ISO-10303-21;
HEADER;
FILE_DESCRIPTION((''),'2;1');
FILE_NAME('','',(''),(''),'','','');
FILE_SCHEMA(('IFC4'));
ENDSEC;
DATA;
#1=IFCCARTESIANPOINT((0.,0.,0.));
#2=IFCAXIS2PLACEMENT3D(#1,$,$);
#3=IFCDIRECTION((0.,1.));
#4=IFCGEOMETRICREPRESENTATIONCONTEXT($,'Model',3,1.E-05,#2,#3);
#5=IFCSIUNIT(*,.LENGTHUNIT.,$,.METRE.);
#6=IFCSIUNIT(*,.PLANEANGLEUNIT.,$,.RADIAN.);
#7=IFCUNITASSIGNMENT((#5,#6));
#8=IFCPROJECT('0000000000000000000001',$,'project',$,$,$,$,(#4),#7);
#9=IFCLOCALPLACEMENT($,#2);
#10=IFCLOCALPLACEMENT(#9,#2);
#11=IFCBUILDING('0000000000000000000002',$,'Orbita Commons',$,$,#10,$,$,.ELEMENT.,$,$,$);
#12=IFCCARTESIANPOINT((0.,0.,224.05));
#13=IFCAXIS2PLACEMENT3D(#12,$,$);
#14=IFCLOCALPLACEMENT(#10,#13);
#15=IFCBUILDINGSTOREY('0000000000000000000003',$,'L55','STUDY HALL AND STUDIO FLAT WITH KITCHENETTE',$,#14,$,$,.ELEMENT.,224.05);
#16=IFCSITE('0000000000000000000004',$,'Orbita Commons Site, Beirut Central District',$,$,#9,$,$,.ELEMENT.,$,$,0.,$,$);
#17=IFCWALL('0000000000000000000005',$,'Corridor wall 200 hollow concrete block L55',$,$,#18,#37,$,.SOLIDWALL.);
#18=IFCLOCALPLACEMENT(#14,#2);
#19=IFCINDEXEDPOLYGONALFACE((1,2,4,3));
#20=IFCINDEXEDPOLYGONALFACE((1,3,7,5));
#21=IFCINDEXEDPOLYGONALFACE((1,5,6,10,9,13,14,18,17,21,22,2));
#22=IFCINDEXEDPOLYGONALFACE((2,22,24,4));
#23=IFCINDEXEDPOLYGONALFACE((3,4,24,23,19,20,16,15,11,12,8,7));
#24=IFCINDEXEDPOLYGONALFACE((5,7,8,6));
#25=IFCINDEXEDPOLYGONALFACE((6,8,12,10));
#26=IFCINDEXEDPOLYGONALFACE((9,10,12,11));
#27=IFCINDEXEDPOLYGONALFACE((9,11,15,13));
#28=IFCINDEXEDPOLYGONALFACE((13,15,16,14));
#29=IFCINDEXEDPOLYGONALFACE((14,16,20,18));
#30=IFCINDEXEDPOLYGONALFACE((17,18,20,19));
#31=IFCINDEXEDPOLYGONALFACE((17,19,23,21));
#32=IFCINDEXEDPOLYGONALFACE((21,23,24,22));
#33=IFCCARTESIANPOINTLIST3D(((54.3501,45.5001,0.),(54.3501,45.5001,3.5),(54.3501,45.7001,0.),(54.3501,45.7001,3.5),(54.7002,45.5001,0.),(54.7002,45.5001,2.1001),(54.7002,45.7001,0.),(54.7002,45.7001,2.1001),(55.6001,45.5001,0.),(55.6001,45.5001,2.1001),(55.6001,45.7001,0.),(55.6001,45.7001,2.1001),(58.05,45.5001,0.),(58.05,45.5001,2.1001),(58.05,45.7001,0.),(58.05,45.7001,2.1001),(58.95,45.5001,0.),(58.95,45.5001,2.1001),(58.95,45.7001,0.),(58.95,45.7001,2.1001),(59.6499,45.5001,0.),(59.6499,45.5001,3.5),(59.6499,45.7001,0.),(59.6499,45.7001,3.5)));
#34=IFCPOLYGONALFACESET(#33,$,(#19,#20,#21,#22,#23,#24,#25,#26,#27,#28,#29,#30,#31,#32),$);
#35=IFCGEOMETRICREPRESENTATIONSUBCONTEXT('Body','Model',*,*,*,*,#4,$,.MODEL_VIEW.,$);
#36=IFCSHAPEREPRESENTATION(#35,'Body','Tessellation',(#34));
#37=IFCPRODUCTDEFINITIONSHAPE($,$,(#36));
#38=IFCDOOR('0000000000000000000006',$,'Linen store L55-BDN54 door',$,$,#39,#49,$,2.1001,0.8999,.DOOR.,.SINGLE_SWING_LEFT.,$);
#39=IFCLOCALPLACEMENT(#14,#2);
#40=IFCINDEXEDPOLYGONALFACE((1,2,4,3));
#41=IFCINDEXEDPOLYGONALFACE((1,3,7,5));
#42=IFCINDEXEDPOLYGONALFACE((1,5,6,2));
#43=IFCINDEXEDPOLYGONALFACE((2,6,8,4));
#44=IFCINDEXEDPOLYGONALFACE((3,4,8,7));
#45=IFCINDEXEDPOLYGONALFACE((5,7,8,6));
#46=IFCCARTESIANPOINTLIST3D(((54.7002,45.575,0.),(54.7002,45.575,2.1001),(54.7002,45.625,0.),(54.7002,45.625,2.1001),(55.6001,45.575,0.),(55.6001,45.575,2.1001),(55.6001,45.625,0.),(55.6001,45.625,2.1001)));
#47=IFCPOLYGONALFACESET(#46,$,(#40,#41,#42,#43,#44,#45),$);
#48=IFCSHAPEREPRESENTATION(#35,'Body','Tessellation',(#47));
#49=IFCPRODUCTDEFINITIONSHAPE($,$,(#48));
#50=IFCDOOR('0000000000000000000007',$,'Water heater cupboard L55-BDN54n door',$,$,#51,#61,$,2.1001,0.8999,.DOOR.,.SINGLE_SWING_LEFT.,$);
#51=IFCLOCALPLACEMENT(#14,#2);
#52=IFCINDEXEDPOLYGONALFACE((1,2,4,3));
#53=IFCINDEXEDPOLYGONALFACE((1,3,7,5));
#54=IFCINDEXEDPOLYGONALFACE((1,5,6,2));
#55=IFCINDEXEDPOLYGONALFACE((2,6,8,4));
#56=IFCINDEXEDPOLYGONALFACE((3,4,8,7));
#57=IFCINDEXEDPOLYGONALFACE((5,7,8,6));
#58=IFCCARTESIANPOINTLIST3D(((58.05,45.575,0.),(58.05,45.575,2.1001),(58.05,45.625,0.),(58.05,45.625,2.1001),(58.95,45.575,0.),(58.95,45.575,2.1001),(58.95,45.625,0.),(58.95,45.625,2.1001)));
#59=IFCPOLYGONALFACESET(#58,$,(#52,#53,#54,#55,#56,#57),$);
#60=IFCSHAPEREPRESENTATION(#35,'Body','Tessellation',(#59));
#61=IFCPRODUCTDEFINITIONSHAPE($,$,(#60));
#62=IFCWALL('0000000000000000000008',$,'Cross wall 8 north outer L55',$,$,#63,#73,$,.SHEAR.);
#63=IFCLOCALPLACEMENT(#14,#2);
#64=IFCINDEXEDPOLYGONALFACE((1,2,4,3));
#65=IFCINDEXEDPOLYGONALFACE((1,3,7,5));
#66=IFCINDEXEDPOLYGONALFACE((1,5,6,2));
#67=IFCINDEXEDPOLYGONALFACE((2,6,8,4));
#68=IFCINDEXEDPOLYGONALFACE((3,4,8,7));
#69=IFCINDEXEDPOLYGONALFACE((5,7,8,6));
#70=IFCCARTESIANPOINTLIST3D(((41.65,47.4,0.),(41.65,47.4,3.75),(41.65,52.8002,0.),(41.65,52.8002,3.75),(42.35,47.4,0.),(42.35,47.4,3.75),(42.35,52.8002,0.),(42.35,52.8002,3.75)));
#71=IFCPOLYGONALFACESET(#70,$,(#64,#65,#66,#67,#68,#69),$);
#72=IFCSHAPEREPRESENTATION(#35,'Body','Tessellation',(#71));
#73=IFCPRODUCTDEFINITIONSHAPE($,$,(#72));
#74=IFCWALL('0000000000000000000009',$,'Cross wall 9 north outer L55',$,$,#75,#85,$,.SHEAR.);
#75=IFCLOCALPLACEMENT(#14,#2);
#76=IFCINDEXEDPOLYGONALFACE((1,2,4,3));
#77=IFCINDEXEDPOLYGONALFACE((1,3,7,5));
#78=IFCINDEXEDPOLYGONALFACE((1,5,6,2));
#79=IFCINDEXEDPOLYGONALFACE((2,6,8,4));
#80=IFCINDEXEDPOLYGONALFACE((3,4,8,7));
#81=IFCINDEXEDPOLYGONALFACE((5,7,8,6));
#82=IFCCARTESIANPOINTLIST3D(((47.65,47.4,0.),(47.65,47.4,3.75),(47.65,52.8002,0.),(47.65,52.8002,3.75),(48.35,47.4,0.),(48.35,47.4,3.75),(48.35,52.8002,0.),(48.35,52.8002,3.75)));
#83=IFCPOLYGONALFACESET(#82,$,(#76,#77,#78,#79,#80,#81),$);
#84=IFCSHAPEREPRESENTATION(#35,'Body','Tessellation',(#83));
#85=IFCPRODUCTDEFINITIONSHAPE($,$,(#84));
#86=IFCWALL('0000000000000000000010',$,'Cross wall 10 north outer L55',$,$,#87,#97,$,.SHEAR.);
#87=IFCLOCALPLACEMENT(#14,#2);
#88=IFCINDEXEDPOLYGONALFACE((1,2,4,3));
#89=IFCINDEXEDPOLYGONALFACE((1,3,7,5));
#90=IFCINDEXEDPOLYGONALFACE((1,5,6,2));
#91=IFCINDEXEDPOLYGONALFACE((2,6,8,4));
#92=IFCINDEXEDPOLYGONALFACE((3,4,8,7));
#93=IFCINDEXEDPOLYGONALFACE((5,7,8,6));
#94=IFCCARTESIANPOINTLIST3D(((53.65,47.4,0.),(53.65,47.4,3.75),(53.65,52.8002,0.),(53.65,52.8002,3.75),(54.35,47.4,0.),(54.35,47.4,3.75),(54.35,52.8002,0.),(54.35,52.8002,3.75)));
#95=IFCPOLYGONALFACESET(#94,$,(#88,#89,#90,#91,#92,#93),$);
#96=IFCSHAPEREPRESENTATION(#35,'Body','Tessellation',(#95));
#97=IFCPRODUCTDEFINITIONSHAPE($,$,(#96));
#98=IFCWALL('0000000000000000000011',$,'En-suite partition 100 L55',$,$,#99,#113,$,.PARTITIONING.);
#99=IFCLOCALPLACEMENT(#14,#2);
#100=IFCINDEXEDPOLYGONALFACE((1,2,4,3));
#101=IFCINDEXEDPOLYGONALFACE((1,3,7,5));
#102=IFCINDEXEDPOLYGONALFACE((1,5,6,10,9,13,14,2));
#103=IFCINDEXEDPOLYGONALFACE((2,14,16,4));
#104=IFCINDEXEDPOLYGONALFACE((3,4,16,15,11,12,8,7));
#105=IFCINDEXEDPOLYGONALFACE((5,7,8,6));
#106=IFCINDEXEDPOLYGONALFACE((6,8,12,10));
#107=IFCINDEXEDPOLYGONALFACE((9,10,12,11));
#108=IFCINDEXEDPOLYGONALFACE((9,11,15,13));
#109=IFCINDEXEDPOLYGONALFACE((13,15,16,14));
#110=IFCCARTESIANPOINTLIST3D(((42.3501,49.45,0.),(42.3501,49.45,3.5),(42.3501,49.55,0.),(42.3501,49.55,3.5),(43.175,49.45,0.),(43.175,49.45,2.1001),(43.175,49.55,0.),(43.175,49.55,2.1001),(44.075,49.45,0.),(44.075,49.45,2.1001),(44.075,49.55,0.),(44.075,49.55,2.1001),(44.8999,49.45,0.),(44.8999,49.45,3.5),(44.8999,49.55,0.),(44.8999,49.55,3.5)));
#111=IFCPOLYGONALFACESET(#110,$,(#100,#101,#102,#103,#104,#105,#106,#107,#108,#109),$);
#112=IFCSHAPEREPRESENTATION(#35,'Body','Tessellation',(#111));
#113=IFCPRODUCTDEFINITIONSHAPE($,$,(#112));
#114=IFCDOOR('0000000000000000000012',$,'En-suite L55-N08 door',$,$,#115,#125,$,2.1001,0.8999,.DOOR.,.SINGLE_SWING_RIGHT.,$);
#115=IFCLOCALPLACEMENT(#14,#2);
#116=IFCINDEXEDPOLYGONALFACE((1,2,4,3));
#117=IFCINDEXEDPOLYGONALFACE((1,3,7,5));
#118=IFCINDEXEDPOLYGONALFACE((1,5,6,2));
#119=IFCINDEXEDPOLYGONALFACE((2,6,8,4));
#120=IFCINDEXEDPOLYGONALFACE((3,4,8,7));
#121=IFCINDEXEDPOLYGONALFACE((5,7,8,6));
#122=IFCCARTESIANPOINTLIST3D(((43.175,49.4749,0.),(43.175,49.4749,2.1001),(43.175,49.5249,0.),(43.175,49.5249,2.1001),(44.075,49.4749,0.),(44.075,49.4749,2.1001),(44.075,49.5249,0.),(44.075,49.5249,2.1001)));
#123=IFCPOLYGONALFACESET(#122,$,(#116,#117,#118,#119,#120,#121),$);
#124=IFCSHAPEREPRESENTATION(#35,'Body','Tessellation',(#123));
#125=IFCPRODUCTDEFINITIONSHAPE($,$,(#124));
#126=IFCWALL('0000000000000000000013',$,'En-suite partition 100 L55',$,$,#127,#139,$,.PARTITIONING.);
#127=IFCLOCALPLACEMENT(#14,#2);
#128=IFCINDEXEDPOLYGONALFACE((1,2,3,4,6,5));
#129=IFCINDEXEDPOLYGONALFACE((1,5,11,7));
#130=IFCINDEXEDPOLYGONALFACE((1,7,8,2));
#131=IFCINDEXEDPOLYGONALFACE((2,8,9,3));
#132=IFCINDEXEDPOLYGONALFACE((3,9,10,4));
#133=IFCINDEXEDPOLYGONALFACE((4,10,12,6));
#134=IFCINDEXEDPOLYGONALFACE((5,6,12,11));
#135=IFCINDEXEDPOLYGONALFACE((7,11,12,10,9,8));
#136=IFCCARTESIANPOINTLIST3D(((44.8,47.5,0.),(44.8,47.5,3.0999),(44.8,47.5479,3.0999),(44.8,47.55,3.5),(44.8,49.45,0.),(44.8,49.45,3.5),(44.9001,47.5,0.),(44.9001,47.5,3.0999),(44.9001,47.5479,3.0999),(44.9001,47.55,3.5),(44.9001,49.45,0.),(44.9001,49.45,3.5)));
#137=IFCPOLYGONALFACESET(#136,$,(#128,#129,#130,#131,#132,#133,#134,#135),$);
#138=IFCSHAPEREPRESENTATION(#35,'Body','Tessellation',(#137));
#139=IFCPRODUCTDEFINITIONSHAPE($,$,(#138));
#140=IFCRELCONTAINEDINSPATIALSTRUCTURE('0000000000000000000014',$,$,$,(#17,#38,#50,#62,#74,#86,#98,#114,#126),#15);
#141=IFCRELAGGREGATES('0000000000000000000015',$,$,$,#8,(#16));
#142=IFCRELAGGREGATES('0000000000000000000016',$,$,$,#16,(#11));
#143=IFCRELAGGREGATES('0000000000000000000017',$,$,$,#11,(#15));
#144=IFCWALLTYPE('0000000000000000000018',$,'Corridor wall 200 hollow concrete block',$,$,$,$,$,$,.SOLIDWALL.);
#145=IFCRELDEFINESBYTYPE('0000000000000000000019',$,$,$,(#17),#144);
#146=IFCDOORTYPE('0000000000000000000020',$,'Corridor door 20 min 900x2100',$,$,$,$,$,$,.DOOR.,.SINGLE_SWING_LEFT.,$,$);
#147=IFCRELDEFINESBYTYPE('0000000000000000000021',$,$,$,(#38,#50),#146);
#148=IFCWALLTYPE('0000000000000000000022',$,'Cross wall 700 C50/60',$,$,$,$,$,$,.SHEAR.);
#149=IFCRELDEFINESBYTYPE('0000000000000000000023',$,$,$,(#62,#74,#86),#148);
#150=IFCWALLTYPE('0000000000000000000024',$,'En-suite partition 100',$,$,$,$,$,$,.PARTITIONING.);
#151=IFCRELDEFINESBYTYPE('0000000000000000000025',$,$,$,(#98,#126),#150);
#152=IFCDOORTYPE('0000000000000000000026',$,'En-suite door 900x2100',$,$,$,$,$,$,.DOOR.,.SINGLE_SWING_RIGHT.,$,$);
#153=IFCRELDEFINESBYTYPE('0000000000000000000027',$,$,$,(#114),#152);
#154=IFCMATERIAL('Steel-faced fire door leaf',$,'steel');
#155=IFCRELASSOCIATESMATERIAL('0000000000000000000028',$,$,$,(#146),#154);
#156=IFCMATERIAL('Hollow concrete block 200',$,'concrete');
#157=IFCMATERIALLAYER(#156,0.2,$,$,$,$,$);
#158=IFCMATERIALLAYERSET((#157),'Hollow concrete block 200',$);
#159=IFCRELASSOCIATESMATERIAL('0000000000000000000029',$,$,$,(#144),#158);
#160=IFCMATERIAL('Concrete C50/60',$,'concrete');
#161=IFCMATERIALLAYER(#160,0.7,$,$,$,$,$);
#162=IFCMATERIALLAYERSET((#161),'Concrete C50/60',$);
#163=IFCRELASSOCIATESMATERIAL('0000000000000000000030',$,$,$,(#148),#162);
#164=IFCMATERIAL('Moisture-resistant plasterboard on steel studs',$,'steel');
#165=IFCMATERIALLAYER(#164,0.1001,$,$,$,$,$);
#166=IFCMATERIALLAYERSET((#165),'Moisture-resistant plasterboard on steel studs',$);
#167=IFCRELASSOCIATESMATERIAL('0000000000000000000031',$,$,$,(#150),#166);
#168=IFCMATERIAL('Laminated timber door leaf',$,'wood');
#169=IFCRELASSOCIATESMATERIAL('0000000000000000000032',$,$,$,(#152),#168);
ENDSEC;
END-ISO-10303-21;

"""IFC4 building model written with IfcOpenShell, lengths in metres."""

from ifc_helpers import new_model, si_unit, direction, frame, frame_2d, origin, place, context, subcontext, project, spatial, polyline, rectangle, outline, extrude, material, layer, layer_set, type_object, element, fill, save


model = new_model("IFC4")

# Units and contexts
model_context = context("Model", 3, precision=1e-05, world=origin(), true_north=direction((0.0, 1.0)))
body_context = subcontext(model_context, "Body", "Model", "MODEL_VIEW")
ifc_project = project(units=[si_unit("LENGTHUNIT", "METRE"), si_unit("PLANEANGLEUNIT", "RADIAN")], contexts=[model_context])

# Site, building, storey
site_placement = place(None, origin())
site = spatial("IfcSite", under=ifc_project, at=site_placement, Name="Orbita Commons Site, Beirut Central District", CompositionType="ELEMENT", RefElevation=0.0)
building_placement = place(site_placement, origin())
building = spatial("IfcBuilding", under=site, at=building_placement, Name="Orbita Commons", CompositionType="ELEMENT")
storey_placement = place(building_placement, frame((0.0, 0.0, 224.05)))
storey = spatial("IfcBuildingStorey", under=building, at=storey_placement, Name="L55", Description="STUDY HALL AND STUDIO FLAT WITH KITCHENETTE", CompositionType="ELEMENT", Elevation=224.05)

# Shared definitions
ifc_material_1 = material(Name="Steel-faced fire door leaf", Category="steel")
door_type_1 = type_object("IfcDoorType", Name="Corridor door 20 min 900x2100", OperationType="SINGLE_SWING_LEFT", PredefinedType="DOOR", material=ifc_material_1)

# Wall, openings, doors
ifc_material_2 = material(Name="Hollow concrete block 200", Category="concrete")
ifc_layer_1 = layer(ifc_material_2, 0.2)
ifc_layer_set_1 = layer_set([ifc_layer_1], Name="Hollow concrete block 200")
wall_type_1 = type_object("IfcWallType", Name="Corridor wall 200 hollow concrete block", PredefinedType="SOLIDWALL", material=ifc_layer_set_1)
wall_1_placement = place(storey_placement, frame((54.3501, 45.6001, 0.0), z_axis=(0.0, 0.0, 1.0), x_axis=(1.0, 0.0, 0.0)))
wall_1 = element("IfcWall", 1, at=wall_1_placement, inside=storey, type_object=wall_type_1, Name="Corridor wall 200 hollow concrete block L55", PredefinedType="SOLIDWALL", context=body_context, shape_type="SweptSolid", body=[
    extrude(rectangle(XDim=5.2998, YDim=0.2, at=frame_2d((2.6499, 0.0))), origin(), (0.0, 0.0, 1.0), 3.5),
])
opening_1_placement = place(wall_1_placement, frame((0.3501, 0.0, 0.0)))
opening_1 = element("IfcOpeningElement", 2, at=opening_1_placement, cuts=wall_1, PredefinedType="OPENING", context=body_context, shape_type="SweptSolid", body=[
    extrude(rectangle(XDim=0.8999, YDim=2.1001, at=frame_2d((0.45, 1.05))), frame((0.0, 0.1099, 0.0), z_axis=(0.0, -1.0, 0.0), x_axis=(1.0, 0.0, 0.0)), (0.0, 0.0, 1.0), 0.22),
])
opening_2_placement = place(wall_1_placement, frame((3.7, 0.0, 0.0)))
opening_2 = element("IfcOpeningElement", 3, at=opening_2_placement, cuts=wall_1, PredefinedType="OPENING", context=body_context, shape_type="SweptSolid", body=[
    extrude(rectangle(XDim=0.8999, YDim=2.1001, at=frame_2d((0.45, 1.05))), frame((0.0, 0.1099, 0.0), z_axis=(0.0, -1.0, 0.0), x_axis=(1.0, 0.0, 0.0)), (0.0, 0.0, 1.0), 0.22),
])
door_1_placement = place(opening_1_placement, origin())
door_1 = element("IfcDoor", 4, at=door_1_placement, inside=storey, type_object=door_type_1, Name="Linen store L55-BDN54 door", OperationType="SINGLE_SWING_LEFT", OverallHeight=2.1001, OverallWidth=0.8999, PredefinedType="DOOR", context=body_context, shape_type="SweptSolid", body=[
    extrude(rectangle(XDim=0.8999, YDim=2.1001, at=frame_2d((0.45, 1.05))), frame((0.0, 0.0249, 0.0), z_axis=(0.0, -1.0, 0.0), x_axis=(1.0, 0.0, 0.0)), (0.0, 0.0, 1.0), 0.05),
])
fill(opening_1, door_1)
door_2_placement = place(opening_2_placement, origin())
door_2 = element("IfcDoor", 5, at=door_2_placement, inside=storey, type_object=door_type_1, Name="Water heater cupboard L55-BDN54n door", OperationType="SINGLE_SWING_LEFT", OverallHeight=2.1001, OverallWidth=0.8999, PredefinedType="DOOR", context=body_context, shape_type="SweptSolid", body=[
    extrude(rectangle(XDim=0.8999, YDim=2.1001, at=frame_2d((0.45, 1.05))), frame((0.0, 0.0249, 0.0), z_axis=(0.0, -1.0, 0.0), x_axis=(1.0, 0.0, 0.0)), (0.0, 0.0, 1.0), 0.05),
])
fill(opening_2, door_2)

# Walls
ifc_material_3 = material(Name="Concrete C50/60", Category="concrete")
ifc_layer_2 = layer(ifc_material_3, 0.7)
ifc_layer_set_2 = layer_set([ifc_layer_2], Name="Concrete C50/60")
wall_type_2 = type_object("IfcWallType", Name="Cross wall 700 C50/60", PredefinedType="SHEAR", material=ifc_layer_set_2)
for number, where, z_axis, x_axis, name in (
    (6, (42.0, 47.3999, 0.0), (0.0, 0.0, 1.0), (0.0, 1.0, 0.0), "Cross wall 8 north outer L55"),
    (7, (48.0, 47.3999, 0.0), (0.0, 0.0, 1.0), (0.0, 1.0, 0.0), "Cross wall 9 north outer L55"),
    (8, (54.0, 47.3999, 0.0), (0.0, 0.0, 1.0), (0.0, 1.0, 0.0), "Cross wall 10 north outer L55"),
):
    element("IfcWall", number, at=place(storey_placement, frame(where, z_axis=z_axis, x_axis=x_axis)), inside=storey, type_object=wall_type_2, Name=name, PredefinedType="SHEAR", context=body_context, shape_type="SweptSolid", body=[
        extrude(rectangle(XDim=5.4001, YDim=0.7, at=frame_2d((2.7002, 0.0))), origin(), (0.0, 0.0, 1.0), 3.75),
    ])

# Wall, opening, door
ifc_material_4 = material(Name="Moisture-resistant plasterboard on steel studs", Category="steel")
ifc_layer_3 = layer(ifc_material_4, 0.1001)
ifc_layer_set_3 = layer_set([ifc_layer_3], Name="Moisture-resistant plasterboard on steel studs")
wall_type_3 = type_object("IfcWallType", Name="En-suite partition 100", PredefinedType="PARTITIONING", material=ifc_layer_set_3)
wall_2_placement = place(storey_placement, frame((42.3501, 49.5, 0.0), z_axis=(0.0, 0.0, 1.0), x_axis=(1.0, 0.0, 0.0)))
wall_2 = element("IfcWall", 9, at=wall_2_placement, inside=storey, type_object=wall_type_3, Name="En-suite partition 100 L55", PredefinedType="PARTITIONING", context=body_context, shape_type="SweptSolid", body=[
    extrude(rectangle(XDim=2.5498, YDim=0.1001, at=frame_2d((1.2749, 0.0))), origin(), (0.0, 0.0, 1.0), 3.5),
])
opening_3_placement = place(wall_2_placement, frame((0.825, 0.0, 0.0)))
opening_3 = element("IfcOpeningElement", 10, at=opening_3_placement, cuts=wall_2, PredefinedType="OPENING", context=body_context, shape_type="SweptSolid", body=[
    extrude(rectangle(XDim=0.8999, YDim=2.1001, at=frame_2d((0.45, 1.05))), frame((0.0, 0.0601, 0.0), z_axis=(0.0, -1.0, 0.0), x_axis=(1.0, 0.0, 0.0)), (0.0, 0.0, 1.0), 0.1201),
])
ifc_material_5 = material(Name="Laminated timber door leaf", Category="wood")
door_type_2 = type_object("IfcDoorType", Name="En-suite door 900x2100", OperationType="SINGLE_SWING_RIGHT", PredefinedType="DOOR", material=ifc_material_5)
door_3_placement = place(opening_3_placement, origin())
door_3 = element("IfcDoor", 11, at=door_3_placement, inside=storey, type_object=door_type_2, Name="En-suite L55-N08 door", OperationType="SINGLE_SWING_RIGHT", OverallHeight=2.1001, OverallWidth=0.8999, PredefinedType="DOOR", context=body_context, shape_type="SweptSolid", body=[
    extrude(rectangle(XDim=0.8999, YDim=2.1001, at=frame_2d((0.45, 1.05))), frame((0.0, 0.0249, 0.0), z_axis=(0.0, -1.0, 0.0), x_axis=(1.0, 0.0, 0.0)), (0.0, 0.0, 1.0), 0.05),
])
fill(opening_3, door_3)

# Wall
wall_3_placement = place(storey_placement, frame((44.8501, 49.45, 0.0), z_axis=(0.0, 0.0, 1.0), x_axis=(0.0, -1.0, 0.0)))
element("IfcWall", 12, at=wall_3_placement, inside=storey, type_object=wall_type_3, Name="En-suite partition 100 L55", PredefinedType="PARTITIONING", context=body_context, shape_type="SweptSolid", body=[
    extrude(outline(polyline([(0.0, 0.0), (1.95, 0.0), (1.95, 3.0999), (1.9021, 3.0999), (1.8999, 3.5), (0.0, 3.5), (0.0, 0.0)])), frame((0.0, 0.05, 0.0), z_axis=(0.0, -1.0, 0.0), x_axis=(1.0, 0.0, 0.0)), (0.0, 0.0, 1.0), 0.1001),
])

save(model, "model.ifc")
